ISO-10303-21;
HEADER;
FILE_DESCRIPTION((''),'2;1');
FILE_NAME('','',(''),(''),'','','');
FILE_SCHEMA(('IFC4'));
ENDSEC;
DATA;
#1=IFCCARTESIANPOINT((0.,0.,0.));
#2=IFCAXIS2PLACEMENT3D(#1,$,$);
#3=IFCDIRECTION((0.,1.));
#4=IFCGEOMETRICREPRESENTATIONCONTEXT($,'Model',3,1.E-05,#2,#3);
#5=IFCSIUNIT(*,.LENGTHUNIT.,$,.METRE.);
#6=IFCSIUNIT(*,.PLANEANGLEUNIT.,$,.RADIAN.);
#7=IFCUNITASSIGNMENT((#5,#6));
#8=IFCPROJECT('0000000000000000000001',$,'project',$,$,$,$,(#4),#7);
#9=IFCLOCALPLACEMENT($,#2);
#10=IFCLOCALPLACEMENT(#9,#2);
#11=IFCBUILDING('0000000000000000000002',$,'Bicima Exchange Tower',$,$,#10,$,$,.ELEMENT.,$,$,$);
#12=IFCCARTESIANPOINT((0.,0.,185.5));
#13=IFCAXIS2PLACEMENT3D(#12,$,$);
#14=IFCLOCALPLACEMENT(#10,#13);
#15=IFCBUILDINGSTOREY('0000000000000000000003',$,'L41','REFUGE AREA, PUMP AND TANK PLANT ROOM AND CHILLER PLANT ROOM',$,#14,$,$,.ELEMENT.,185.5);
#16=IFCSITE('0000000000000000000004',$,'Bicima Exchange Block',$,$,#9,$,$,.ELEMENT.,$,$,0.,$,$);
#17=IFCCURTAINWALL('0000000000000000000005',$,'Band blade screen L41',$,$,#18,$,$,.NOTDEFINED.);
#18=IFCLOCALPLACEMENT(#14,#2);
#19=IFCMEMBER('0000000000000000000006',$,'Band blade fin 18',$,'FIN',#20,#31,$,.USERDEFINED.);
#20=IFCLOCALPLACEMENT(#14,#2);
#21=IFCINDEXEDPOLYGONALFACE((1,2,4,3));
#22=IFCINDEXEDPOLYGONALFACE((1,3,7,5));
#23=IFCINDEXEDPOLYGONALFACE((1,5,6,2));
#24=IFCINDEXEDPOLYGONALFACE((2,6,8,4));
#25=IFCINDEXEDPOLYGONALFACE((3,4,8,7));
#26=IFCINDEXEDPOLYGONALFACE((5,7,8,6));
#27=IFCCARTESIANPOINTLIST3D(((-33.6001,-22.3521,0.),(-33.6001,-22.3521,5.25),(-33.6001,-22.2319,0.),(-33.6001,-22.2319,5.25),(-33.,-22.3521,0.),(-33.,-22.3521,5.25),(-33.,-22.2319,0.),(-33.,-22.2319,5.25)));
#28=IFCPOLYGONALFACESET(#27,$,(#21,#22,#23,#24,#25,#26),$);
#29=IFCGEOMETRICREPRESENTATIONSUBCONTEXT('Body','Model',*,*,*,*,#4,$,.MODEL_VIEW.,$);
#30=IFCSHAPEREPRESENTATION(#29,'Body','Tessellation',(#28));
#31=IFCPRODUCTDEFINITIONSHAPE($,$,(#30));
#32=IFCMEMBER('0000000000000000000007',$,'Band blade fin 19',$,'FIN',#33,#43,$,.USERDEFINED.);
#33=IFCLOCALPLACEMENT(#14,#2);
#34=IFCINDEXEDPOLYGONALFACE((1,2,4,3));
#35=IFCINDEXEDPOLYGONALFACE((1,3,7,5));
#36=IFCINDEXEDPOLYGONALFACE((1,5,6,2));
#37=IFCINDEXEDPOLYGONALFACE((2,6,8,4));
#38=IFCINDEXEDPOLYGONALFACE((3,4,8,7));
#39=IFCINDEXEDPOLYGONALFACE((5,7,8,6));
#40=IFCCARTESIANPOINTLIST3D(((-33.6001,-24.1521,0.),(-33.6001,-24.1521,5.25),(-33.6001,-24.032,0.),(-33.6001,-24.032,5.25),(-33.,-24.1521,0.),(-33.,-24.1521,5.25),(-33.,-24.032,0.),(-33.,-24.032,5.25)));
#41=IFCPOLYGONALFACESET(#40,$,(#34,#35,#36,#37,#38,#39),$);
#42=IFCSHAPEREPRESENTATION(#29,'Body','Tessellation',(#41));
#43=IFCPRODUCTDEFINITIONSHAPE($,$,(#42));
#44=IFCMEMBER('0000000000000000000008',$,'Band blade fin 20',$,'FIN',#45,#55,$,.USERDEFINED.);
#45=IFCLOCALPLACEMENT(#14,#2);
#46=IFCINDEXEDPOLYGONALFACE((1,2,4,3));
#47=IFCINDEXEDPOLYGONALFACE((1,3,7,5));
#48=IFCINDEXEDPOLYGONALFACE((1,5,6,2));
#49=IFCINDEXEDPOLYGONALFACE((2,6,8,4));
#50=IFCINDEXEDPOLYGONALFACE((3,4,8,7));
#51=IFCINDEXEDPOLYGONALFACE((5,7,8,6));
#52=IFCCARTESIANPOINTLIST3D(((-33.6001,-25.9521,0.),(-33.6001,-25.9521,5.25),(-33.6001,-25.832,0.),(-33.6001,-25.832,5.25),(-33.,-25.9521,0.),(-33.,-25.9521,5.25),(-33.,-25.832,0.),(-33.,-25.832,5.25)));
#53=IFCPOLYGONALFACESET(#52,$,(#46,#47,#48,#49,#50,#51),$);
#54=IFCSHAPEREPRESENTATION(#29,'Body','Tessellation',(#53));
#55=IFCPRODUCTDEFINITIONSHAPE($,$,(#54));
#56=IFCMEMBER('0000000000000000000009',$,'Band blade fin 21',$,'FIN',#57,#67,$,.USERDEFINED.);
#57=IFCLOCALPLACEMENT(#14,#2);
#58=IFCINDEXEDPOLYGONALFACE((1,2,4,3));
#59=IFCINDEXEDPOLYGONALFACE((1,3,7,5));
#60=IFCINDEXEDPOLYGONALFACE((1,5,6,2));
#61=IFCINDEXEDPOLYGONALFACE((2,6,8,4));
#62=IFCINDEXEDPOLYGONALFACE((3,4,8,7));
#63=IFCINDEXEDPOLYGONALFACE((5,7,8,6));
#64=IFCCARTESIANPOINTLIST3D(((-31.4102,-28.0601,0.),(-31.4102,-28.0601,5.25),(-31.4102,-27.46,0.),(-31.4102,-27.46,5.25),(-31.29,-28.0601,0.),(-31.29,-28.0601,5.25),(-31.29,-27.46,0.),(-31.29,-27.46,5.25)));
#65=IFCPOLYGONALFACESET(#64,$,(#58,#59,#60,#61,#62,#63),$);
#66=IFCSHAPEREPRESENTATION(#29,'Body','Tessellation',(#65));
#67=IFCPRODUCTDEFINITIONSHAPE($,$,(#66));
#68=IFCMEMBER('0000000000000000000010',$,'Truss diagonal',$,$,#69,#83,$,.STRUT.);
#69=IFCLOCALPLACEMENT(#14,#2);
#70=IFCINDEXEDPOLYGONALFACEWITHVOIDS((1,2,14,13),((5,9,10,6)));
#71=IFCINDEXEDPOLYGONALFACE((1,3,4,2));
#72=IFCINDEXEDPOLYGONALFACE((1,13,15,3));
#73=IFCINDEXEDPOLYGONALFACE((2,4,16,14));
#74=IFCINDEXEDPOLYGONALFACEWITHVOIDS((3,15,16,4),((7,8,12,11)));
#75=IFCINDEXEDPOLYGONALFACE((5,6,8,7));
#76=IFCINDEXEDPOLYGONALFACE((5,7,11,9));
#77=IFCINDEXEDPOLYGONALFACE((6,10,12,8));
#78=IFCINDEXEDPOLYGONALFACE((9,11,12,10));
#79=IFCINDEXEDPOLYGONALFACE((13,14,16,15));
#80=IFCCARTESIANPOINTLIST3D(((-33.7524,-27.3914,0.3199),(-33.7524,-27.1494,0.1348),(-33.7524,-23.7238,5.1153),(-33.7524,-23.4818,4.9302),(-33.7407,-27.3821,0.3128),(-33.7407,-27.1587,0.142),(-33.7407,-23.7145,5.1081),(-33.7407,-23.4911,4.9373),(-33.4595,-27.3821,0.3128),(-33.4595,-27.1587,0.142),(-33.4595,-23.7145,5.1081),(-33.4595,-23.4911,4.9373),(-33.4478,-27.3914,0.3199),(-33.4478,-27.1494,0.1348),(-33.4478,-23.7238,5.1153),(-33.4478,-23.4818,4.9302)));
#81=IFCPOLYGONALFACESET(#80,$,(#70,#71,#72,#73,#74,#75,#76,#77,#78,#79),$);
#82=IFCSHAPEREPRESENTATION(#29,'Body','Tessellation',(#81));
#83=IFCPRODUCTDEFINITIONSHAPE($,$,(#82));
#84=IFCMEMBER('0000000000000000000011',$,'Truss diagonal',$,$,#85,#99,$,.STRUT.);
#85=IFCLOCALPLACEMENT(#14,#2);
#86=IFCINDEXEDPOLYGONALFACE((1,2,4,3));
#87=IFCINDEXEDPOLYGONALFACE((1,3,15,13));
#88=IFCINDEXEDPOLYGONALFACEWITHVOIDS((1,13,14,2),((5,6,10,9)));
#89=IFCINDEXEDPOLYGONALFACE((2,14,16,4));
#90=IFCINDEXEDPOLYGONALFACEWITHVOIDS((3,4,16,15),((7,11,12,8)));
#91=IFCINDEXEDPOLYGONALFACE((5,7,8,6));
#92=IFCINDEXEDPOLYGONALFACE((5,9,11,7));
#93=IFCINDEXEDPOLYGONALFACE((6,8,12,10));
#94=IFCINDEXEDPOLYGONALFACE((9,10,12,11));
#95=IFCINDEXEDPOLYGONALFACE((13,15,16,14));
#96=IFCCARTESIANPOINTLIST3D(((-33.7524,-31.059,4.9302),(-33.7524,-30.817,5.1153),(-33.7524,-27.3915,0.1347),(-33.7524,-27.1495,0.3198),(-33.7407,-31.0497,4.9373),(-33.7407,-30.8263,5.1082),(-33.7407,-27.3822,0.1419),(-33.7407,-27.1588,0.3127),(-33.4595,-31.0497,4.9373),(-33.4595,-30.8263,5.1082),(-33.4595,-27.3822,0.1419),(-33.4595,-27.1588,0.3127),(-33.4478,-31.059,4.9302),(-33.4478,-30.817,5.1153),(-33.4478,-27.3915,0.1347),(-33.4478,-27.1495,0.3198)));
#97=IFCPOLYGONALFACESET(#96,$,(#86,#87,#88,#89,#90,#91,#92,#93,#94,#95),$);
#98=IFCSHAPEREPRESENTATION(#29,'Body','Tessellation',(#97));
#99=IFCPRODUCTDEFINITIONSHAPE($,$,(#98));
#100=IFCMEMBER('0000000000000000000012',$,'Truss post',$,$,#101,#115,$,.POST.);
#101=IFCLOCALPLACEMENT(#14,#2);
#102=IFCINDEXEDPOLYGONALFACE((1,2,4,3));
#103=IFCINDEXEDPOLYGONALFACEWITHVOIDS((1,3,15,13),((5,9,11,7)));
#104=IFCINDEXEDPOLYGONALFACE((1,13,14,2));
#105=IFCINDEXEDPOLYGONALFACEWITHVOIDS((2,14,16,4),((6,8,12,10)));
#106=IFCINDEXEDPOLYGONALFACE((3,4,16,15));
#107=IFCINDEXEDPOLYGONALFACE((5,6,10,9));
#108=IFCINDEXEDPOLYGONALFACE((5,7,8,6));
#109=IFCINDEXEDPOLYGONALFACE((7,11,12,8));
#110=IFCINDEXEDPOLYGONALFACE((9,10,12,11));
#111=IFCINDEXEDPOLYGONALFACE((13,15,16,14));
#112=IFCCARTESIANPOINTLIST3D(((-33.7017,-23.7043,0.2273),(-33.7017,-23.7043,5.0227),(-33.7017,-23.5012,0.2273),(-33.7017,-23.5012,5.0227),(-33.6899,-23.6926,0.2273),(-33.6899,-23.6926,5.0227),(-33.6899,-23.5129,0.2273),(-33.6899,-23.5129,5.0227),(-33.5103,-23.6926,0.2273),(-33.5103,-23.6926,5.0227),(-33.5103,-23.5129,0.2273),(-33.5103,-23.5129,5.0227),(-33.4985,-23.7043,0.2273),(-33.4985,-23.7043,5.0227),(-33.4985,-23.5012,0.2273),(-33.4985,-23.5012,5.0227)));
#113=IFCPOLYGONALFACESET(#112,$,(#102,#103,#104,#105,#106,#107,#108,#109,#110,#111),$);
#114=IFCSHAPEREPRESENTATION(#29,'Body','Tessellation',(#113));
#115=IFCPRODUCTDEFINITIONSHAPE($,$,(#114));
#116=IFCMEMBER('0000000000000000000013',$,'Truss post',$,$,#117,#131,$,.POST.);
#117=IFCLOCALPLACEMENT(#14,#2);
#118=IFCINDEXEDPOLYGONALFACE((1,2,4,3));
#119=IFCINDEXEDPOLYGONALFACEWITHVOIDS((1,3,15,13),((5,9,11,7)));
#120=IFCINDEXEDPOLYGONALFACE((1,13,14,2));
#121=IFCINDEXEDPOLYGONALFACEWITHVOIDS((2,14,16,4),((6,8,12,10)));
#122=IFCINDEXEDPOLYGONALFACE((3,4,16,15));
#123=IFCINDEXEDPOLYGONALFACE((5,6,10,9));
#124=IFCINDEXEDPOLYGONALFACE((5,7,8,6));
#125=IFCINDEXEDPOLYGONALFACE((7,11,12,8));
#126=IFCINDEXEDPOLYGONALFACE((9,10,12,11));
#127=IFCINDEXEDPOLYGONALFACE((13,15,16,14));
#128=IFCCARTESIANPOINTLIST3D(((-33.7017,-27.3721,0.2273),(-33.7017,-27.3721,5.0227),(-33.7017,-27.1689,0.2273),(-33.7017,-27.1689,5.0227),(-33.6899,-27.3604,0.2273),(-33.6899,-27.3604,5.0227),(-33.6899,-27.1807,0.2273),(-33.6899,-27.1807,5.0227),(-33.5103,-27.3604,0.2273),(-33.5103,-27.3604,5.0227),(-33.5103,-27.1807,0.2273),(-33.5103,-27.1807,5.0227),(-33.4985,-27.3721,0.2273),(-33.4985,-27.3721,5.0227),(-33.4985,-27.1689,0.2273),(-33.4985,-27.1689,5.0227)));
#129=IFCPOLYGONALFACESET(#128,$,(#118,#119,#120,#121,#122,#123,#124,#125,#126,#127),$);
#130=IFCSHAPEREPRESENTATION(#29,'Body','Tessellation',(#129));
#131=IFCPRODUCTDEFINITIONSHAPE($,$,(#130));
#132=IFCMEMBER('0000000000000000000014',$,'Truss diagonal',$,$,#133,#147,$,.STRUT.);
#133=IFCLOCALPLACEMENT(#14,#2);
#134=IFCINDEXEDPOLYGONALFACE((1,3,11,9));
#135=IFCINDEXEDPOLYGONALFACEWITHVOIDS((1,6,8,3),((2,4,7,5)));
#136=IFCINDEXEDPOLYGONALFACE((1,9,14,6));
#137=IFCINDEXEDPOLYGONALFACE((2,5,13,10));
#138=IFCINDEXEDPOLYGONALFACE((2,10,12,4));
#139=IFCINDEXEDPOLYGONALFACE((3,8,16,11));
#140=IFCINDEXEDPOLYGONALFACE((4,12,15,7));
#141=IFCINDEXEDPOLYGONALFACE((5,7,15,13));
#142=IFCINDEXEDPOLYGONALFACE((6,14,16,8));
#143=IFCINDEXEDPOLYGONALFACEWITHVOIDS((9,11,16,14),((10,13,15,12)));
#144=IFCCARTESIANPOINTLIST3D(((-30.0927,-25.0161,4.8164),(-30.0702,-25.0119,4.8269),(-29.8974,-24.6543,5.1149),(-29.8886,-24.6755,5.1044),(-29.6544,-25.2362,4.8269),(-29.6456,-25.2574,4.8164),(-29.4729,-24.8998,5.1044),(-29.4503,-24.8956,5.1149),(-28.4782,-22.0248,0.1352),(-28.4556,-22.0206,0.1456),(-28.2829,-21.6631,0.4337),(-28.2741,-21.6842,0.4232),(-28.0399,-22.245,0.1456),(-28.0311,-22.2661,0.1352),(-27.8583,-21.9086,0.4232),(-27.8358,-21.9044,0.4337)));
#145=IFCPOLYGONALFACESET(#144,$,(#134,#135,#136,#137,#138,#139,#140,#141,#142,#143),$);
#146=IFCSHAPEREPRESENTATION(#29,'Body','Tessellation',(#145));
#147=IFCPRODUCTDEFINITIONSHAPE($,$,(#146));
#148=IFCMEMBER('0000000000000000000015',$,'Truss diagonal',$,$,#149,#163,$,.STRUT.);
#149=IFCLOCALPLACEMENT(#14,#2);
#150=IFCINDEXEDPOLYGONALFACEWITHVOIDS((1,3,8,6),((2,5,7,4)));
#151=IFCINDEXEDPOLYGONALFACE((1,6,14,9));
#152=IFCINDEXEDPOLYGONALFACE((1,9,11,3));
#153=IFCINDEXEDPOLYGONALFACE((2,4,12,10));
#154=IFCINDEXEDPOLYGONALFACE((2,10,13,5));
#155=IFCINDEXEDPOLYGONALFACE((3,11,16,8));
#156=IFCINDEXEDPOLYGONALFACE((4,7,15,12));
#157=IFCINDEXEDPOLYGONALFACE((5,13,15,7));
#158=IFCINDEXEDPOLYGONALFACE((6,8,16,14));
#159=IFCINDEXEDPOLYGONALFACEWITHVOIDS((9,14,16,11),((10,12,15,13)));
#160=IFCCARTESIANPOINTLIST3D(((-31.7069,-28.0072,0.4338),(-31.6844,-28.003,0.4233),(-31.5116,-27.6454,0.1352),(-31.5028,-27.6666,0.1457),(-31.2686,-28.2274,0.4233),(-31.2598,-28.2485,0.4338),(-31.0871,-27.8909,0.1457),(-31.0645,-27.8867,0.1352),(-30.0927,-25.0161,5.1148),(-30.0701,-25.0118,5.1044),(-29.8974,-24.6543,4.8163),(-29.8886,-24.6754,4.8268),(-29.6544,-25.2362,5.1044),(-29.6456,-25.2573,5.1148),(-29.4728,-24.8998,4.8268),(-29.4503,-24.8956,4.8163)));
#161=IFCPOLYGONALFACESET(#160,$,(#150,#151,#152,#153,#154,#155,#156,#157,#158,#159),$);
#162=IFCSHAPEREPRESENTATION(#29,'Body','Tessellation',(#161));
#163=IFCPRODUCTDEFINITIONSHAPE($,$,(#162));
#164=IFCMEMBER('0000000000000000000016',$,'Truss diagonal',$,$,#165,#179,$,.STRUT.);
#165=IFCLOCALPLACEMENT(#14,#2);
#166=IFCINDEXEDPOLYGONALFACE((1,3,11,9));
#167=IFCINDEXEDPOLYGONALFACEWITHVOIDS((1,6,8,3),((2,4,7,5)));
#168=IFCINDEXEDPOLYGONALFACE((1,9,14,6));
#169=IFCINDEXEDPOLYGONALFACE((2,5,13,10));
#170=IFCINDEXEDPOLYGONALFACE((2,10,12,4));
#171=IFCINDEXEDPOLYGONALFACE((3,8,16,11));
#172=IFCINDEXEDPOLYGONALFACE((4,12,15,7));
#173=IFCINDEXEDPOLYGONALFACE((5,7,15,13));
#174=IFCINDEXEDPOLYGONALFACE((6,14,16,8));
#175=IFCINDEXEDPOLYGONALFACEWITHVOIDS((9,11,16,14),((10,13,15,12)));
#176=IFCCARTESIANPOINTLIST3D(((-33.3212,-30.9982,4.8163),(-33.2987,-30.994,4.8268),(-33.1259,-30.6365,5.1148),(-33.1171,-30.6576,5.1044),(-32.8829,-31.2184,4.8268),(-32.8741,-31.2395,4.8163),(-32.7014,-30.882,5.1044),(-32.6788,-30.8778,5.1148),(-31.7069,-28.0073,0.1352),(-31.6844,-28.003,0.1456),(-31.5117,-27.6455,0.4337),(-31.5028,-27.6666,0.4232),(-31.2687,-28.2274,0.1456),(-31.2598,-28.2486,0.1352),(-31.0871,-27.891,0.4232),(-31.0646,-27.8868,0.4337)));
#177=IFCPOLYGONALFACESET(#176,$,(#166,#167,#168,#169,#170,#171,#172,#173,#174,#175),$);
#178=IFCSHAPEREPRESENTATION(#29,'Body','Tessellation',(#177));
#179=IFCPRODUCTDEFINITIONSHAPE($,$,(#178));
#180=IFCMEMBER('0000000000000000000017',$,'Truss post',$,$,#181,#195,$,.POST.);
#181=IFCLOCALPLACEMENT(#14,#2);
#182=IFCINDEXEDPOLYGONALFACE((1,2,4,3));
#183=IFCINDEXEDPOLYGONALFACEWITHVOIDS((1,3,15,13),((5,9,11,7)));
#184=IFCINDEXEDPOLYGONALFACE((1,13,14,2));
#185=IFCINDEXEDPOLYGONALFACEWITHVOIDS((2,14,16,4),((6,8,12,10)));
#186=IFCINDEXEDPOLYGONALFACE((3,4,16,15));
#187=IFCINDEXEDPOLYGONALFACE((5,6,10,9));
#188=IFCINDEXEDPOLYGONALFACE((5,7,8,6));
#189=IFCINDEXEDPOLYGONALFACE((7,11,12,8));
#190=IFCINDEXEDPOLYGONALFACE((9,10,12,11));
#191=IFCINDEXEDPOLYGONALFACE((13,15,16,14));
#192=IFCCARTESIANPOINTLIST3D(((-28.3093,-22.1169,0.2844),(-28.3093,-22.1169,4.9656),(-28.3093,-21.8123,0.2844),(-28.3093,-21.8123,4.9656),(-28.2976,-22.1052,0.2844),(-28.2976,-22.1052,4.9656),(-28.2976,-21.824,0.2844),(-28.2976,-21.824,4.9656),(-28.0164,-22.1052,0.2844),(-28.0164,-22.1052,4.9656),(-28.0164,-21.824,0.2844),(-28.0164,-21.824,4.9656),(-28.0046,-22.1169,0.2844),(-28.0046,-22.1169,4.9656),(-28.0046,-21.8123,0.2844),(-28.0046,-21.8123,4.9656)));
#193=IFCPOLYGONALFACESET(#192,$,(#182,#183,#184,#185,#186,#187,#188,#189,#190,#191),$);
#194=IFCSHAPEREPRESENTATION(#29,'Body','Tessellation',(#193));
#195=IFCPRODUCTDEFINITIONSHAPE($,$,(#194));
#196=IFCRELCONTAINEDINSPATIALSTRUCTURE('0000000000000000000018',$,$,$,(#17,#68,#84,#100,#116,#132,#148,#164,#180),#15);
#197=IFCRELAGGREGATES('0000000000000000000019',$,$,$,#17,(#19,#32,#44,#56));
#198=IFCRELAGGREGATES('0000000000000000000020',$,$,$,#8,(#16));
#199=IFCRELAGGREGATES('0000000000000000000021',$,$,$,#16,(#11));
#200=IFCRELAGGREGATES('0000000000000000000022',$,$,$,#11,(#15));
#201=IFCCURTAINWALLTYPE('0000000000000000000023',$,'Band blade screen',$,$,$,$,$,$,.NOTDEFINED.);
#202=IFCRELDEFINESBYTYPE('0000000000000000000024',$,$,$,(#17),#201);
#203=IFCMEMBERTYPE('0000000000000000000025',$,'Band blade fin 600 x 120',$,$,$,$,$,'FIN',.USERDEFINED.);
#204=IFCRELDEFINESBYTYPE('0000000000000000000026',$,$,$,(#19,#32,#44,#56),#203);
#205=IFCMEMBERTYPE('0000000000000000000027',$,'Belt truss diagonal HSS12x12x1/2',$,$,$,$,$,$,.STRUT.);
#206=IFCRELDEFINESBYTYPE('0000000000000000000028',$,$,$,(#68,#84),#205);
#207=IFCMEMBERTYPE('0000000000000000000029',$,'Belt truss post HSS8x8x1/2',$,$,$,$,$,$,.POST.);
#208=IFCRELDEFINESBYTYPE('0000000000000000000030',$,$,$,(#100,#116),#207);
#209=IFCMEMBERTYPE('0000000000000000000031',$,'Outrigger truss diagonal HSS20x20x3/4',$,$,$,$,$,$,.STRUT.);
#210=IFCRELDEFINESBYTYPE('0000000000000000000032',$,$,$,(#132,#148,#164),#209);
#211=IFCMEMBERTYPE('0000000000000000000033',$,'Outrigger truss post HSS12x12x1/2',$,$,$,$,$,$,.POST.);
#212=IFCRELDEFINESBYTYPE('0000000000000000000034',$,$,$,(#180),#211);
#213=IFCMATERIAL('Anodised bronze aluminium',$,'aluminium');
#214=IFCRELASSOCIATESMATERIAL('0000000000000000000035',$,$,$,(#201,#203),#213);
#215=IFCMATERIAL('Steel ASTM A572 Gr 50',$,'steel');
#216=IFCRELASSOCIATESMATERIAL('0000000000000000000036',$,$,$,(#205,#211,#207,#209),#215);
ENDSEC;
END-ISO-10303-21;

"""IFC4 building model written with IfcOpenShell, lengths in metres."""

from ifc_helpers import new_model, si_unit, direction, frame, origin, origin_2d, place, context, subcontext, project, spatial, rectangle, hollow_rectangle, extrude, material, material_profile, profile_set, type_object, element, aggregate, save


model = new_model("IFC4")

# Units and contexts
model_context = context("Model", 3, precision=1e-05, world=origin(), true_north=direction((0.0, 1.0)))
body_context = subcontext(model_context, "Body", "Model", "MODEL_VIEW")
ifc_project = project(units=[si_unit("LENGTHUNIT", "METRE"), si_unit("PLANEANGLEUNIT", "RADIAN")], contexts=[model_context])

# Site, building, storey
site_placement = place(None, origin())
site = spatial("IfcSite", under=ifc_project, at=site_placement, Name="Bicima Exchange Block", CompositionType="ELEMENT", RefElevation=0.0)
building_placement = place(site_placement, origin())
building = spatial("IfcBuilding", under=site, at=building_placement, Name="Bicima Exchange Tower", CompositionType="ELEMENT")
storey_placement = place(building_placement, frame((0.0, 0.0, 185.5)))
storey = spatial("IfcBuildingStorey", under=building, at=storey_placement, Name="L41", Description="REFUGE AREA, PUMP AND TANK PLANT ROOM AND CHILLER PLANT ROOM", CompositionType="ELEMENT", Elevation=185.5)

# Curtain wall, members
ifc_material_1 = material(Name="Anodised bronze aluminium", Category="aluminium")
curtain_wall_type = type_object("IfcCurtainWallType", Name="Band blade screen", PredefinedType="NOTDEFINED", material=ifc_material_1)
curtain_wall_placement = place(storey_placement, origin())
curtain_wall = element("IfcCurtainWall", 1, at=curtain_wall_placement, inside=storey, type_object=curtain_wall_type, Name="Band blade screen L41", PredefinedType="NOTDEFINED")
ifc_material_profile_1 = material_profile(ifc_material_1, rectangle(XDim=0.6001, YDim=0.1201, at=origin_2d()))
ifc_profile_set_1 = profile_set([ifc_material_profile_1], Name="Anodised bronze aluminium")
member_type_1 = type_object("IfcMemberType", Name="Band blade fin 600 x 120", ElementType="FIN", PredefinedType="USERDEFINED", material=ifc_profile_set_1)
member_1_placement = place(storey_placement, frame((-33.3, -22.292, 0.0), z_axis=(0.0, 0.0, 1.0), x_axis=(1.0, 0.0, 0.0)))
member_1 = element("IfcMember", 2, at=member_1_placement, type_object=member_type_1, Name="Band blade fin 18", ObjectType="FIN", PredefinedType="USERDEFINED", context=body_context, shape_type="SweptSolid", body=[
    extrude(rectangle(XDim=0.6001, YDim=0.1201, at=origin_2d()), origin(), (0.0, 0.0, 1.0), 5.25),
])
member_2_placement = place(storey_placement, frame((-33.3, -24.092, 0.0), z_axis=(0.0, 0.0, 1.0), x_axis=(1.0, 0.0, 0.0)))
member_2 = element("IfcMember", 3, at=member_2_placement, type_object=member_type_1, Name="Band blade fin 19", ObjectType="FIN", PredefinedType="USERDEFINED", context=body_context, shape_type="SweptSolid", body=[
    extrude(rectangle(XDim=0.6001, YDim=0.1201, at=origin_2d()), origin(), (0.0, 0.0, 1.0), 5.25),
])
member_3_placement = place(storey_placement, frame((-33.3, -25.8921, 0.0), z_axis=(0.0, 0.0, 1.0), x_axis=(1.0, 0.0, 0.0)))
member_3 = element("IfcMember", 4, at=member_3_placement, type_object=member_type_1, Name="Band blade fin 20", ObjectType="FIN", PredefinedType="USERDEFINED", context=body_context, shape_type="SweptSolid", body=[
    extrude(rectangle(XDim=0.6001, YDim=0.1201, at=origin_2d()), origin(), (0.0, 0.0, 1.0), 5.25),
])
member_4_placement = place(storey_placement, frame((-31.3501, -27.76, 0.0), z_axis=(0.0, 0.0, 1.0), x_axis=(0.0, 1.0, 0.0)))
member_4 = element("IfcMember", 5, at=member_4_placement, type_object=member_type_1, Name="Band blade fin 21", ObjectType="FIN", PredefinedType="USERDEFINED", context=body_context, shape_type="SweptSolid", body=[
    extrude(rectangle(XDim=0.6001, YDim=0.1201, at=origin_2d()), origin(), (0.0, 0.0, 1.0), 5.25),
])
aggregate(curtain_wall, [member_1, member_2, member_3, member_4])

# Members
ifc_material_2 = material(Name="Steel ASTM A572 Gr 50", Category="steel")
ifc_material_profile_2 = material_profile(ifc_material_2, hollow_rectangle(XDim=0.3047, YDim=0.3047, WallThickness=0.0117, at=origin_2d()))
ifc_profile_set_2 = profile_set([ifc_material_profile_2], Name="Steel ASTM A572 Gr 50")
member_type_2 = type_object("IfcMemberType", Name="Belt truss diagonal HSS12x12x1/2", PredefinedType="STRUT", material=ifc_profile_set_2)
for number, where, z_axis, x_axis, name in (
    (6, (-33.6001, -23.6028, 5.0227), (0.0, -0.607518, -0.794306), (1.0, 0.0, 0.0), "Truss diagonal"),
    (7, (-33.6001, -27.2705, 0.2273), (0.0, -0.607492, 0.794326), (1.0, 0.0, 0.0), "Truss diagonal"),
):
    element("IfcMember", number, at=place(storey_placement, frame(where, z_axis=z_axis, x_axis=x_axis)), inside=storey, type_object=member_type_2, Name=name, PredefinedType="STRUT", context=body_context, shape_type="SweptSolid", body=[
        extrude(hollow_rectangle(XDim=0.3047, YDim=0.3047, WallThickness=0.0117, at=origin_2d()), origin(), (0.0, 0.0, 1.0), 6.0371),
    ])
ifc_material_profile_3 = material_profile(ifc_material_2, hollow_rectangle(XDim=0.2031, YDim=0.2031, WallThickness=0.0117, at=origin_2d()))
ifc_profile_set_3 = profile_set([ifc_material_profile_3], Name="Steel ASTM A572 Gr 50")
member_type_3 = type_object("IfcMemberType", Name="Belt truss post HSS8x8x1/2", PredefinedType="POST", material=ifc_profile_set_3)
for number, where, z_axis, x_axis, name in (
    (8, (-33.6001, -23.6028, 0.2273), (0.0, 0.0, 1.0), (1.0, 0.0, 0.0), "Truss post"),
    (9, (-33.6001, -27.2705, 0.2273), (0.0, 0.0, 1.0), (1.0, 0.0, 0.0), "Truss post"),
):
    element("IfcMember", number, at=place(storey_placement, frame(where, z_axis=z_axis, x_axis=x_axis)), inside=storey, type_object=member_type_3, Name=name, PredefinedType="POST", context=body_context, shape_type="SweptSolid", body=[
        extrude(hollow_rectangle(XDim=0.2031, YDim=0.2031, WallThickness=0.0117, at=origin_2d()), origin(), (0.0, 0.0, 1.0), 4.7954),
    ])
ifc_material_profile_4 = material_profile(ifc_material_2, hollow_rectangle(XDim=0.5081, YDim=0.5081, WallThickness=0.0178, at=origin_2d()))
ifc_profile_set_4 = profile_set([ifc_material_profile_4], Name="Steel ASTM A572 Gr 50")
member_type_4 = type_object("IfcMemberType", Name="Outrigger truss diagonal HSS20x20x3/4", PredefinedType="STRUT", material=ifc_profile_set_4)
member_5_placement = place(storey_placement, frame((-28.157, -21.9646, 0.2844), z_axis=(-0.27908, -0.517056, 0.809177), x_axis=(0.879998, -0.474978, 0.0)))
element("IfcMember", 10, at=member_5_placement, inside=storey, type_object=member_type_4, Name="Truss diagonal", PredefinedType="STRUT", context=body_context, shape_type="SweptSolid", body=[
    extrude(hollow_rectangle(XDim=0.5081, YDim=0.5081, WallThickness=0.0178, at=origin_2d()), origin(), (0.0, 0.0, 1.0), 5.7852),
])
for number, where, z_axis, x_axis, name in (
    (11, (-29.7715, -24.9558, 4.9656), (-0.279041, -0.517062, -0.809186), (0.880028, -0.474922, 0.0), "Truss diagonal"),
    (12, (-31.3857, -27.947, 0.2844), (-0.279048, -0.517031, 0.809204), (0.880012, -0.474952, 0.0), "Truss diagonal"),
):
    element("IfcMember", number, at=place(storey_placement, frame(where, z_axis=z_axis, x_axis=x_axis)), inside=storey, type_object=member_type_4, Name=name, PredefinedType="STRUT", context=body_context, shape_type="SweptSolid", body=[
        extrude(hollow_rectangle(XDim=0.5081, YDim=0.5081, WallThickness=0.0178, at=origin_2d()), origin(), (0.0, 0.0, 1.0), 5.7849),
    ])
member_type_5 = type_object("IfcMemberType", Name="Outrigger truss post HSS12x12x1/2", PredefinedType="POST", material=ifc_profile_set_2)
for number, where, z_axis, x_axis, name in (
    (13, (-28.157, -21.9646, 0.2844), (0.0, 0.0, 1.0), (1.0, 0.0, 0.0), "Truss post"),
):
    element("IfcMember", number, at=place(storey_placement, frame(where, z_axis=z_axis, x_axis=x_axis)), inside=storey, type_object=member_type_5, Name=name, PredefinedType="POST", context=body_context, shape_type="SweptSolid", body=[
        extrude(hollow_rectangle(XDim=0.3047, YDim=0.3047, WallThickness=0.0117, at=origin_2d()), origin(), (0.0, 0.0, 1.0), 4.6812),
    ])

save(model, "model.ifc")
